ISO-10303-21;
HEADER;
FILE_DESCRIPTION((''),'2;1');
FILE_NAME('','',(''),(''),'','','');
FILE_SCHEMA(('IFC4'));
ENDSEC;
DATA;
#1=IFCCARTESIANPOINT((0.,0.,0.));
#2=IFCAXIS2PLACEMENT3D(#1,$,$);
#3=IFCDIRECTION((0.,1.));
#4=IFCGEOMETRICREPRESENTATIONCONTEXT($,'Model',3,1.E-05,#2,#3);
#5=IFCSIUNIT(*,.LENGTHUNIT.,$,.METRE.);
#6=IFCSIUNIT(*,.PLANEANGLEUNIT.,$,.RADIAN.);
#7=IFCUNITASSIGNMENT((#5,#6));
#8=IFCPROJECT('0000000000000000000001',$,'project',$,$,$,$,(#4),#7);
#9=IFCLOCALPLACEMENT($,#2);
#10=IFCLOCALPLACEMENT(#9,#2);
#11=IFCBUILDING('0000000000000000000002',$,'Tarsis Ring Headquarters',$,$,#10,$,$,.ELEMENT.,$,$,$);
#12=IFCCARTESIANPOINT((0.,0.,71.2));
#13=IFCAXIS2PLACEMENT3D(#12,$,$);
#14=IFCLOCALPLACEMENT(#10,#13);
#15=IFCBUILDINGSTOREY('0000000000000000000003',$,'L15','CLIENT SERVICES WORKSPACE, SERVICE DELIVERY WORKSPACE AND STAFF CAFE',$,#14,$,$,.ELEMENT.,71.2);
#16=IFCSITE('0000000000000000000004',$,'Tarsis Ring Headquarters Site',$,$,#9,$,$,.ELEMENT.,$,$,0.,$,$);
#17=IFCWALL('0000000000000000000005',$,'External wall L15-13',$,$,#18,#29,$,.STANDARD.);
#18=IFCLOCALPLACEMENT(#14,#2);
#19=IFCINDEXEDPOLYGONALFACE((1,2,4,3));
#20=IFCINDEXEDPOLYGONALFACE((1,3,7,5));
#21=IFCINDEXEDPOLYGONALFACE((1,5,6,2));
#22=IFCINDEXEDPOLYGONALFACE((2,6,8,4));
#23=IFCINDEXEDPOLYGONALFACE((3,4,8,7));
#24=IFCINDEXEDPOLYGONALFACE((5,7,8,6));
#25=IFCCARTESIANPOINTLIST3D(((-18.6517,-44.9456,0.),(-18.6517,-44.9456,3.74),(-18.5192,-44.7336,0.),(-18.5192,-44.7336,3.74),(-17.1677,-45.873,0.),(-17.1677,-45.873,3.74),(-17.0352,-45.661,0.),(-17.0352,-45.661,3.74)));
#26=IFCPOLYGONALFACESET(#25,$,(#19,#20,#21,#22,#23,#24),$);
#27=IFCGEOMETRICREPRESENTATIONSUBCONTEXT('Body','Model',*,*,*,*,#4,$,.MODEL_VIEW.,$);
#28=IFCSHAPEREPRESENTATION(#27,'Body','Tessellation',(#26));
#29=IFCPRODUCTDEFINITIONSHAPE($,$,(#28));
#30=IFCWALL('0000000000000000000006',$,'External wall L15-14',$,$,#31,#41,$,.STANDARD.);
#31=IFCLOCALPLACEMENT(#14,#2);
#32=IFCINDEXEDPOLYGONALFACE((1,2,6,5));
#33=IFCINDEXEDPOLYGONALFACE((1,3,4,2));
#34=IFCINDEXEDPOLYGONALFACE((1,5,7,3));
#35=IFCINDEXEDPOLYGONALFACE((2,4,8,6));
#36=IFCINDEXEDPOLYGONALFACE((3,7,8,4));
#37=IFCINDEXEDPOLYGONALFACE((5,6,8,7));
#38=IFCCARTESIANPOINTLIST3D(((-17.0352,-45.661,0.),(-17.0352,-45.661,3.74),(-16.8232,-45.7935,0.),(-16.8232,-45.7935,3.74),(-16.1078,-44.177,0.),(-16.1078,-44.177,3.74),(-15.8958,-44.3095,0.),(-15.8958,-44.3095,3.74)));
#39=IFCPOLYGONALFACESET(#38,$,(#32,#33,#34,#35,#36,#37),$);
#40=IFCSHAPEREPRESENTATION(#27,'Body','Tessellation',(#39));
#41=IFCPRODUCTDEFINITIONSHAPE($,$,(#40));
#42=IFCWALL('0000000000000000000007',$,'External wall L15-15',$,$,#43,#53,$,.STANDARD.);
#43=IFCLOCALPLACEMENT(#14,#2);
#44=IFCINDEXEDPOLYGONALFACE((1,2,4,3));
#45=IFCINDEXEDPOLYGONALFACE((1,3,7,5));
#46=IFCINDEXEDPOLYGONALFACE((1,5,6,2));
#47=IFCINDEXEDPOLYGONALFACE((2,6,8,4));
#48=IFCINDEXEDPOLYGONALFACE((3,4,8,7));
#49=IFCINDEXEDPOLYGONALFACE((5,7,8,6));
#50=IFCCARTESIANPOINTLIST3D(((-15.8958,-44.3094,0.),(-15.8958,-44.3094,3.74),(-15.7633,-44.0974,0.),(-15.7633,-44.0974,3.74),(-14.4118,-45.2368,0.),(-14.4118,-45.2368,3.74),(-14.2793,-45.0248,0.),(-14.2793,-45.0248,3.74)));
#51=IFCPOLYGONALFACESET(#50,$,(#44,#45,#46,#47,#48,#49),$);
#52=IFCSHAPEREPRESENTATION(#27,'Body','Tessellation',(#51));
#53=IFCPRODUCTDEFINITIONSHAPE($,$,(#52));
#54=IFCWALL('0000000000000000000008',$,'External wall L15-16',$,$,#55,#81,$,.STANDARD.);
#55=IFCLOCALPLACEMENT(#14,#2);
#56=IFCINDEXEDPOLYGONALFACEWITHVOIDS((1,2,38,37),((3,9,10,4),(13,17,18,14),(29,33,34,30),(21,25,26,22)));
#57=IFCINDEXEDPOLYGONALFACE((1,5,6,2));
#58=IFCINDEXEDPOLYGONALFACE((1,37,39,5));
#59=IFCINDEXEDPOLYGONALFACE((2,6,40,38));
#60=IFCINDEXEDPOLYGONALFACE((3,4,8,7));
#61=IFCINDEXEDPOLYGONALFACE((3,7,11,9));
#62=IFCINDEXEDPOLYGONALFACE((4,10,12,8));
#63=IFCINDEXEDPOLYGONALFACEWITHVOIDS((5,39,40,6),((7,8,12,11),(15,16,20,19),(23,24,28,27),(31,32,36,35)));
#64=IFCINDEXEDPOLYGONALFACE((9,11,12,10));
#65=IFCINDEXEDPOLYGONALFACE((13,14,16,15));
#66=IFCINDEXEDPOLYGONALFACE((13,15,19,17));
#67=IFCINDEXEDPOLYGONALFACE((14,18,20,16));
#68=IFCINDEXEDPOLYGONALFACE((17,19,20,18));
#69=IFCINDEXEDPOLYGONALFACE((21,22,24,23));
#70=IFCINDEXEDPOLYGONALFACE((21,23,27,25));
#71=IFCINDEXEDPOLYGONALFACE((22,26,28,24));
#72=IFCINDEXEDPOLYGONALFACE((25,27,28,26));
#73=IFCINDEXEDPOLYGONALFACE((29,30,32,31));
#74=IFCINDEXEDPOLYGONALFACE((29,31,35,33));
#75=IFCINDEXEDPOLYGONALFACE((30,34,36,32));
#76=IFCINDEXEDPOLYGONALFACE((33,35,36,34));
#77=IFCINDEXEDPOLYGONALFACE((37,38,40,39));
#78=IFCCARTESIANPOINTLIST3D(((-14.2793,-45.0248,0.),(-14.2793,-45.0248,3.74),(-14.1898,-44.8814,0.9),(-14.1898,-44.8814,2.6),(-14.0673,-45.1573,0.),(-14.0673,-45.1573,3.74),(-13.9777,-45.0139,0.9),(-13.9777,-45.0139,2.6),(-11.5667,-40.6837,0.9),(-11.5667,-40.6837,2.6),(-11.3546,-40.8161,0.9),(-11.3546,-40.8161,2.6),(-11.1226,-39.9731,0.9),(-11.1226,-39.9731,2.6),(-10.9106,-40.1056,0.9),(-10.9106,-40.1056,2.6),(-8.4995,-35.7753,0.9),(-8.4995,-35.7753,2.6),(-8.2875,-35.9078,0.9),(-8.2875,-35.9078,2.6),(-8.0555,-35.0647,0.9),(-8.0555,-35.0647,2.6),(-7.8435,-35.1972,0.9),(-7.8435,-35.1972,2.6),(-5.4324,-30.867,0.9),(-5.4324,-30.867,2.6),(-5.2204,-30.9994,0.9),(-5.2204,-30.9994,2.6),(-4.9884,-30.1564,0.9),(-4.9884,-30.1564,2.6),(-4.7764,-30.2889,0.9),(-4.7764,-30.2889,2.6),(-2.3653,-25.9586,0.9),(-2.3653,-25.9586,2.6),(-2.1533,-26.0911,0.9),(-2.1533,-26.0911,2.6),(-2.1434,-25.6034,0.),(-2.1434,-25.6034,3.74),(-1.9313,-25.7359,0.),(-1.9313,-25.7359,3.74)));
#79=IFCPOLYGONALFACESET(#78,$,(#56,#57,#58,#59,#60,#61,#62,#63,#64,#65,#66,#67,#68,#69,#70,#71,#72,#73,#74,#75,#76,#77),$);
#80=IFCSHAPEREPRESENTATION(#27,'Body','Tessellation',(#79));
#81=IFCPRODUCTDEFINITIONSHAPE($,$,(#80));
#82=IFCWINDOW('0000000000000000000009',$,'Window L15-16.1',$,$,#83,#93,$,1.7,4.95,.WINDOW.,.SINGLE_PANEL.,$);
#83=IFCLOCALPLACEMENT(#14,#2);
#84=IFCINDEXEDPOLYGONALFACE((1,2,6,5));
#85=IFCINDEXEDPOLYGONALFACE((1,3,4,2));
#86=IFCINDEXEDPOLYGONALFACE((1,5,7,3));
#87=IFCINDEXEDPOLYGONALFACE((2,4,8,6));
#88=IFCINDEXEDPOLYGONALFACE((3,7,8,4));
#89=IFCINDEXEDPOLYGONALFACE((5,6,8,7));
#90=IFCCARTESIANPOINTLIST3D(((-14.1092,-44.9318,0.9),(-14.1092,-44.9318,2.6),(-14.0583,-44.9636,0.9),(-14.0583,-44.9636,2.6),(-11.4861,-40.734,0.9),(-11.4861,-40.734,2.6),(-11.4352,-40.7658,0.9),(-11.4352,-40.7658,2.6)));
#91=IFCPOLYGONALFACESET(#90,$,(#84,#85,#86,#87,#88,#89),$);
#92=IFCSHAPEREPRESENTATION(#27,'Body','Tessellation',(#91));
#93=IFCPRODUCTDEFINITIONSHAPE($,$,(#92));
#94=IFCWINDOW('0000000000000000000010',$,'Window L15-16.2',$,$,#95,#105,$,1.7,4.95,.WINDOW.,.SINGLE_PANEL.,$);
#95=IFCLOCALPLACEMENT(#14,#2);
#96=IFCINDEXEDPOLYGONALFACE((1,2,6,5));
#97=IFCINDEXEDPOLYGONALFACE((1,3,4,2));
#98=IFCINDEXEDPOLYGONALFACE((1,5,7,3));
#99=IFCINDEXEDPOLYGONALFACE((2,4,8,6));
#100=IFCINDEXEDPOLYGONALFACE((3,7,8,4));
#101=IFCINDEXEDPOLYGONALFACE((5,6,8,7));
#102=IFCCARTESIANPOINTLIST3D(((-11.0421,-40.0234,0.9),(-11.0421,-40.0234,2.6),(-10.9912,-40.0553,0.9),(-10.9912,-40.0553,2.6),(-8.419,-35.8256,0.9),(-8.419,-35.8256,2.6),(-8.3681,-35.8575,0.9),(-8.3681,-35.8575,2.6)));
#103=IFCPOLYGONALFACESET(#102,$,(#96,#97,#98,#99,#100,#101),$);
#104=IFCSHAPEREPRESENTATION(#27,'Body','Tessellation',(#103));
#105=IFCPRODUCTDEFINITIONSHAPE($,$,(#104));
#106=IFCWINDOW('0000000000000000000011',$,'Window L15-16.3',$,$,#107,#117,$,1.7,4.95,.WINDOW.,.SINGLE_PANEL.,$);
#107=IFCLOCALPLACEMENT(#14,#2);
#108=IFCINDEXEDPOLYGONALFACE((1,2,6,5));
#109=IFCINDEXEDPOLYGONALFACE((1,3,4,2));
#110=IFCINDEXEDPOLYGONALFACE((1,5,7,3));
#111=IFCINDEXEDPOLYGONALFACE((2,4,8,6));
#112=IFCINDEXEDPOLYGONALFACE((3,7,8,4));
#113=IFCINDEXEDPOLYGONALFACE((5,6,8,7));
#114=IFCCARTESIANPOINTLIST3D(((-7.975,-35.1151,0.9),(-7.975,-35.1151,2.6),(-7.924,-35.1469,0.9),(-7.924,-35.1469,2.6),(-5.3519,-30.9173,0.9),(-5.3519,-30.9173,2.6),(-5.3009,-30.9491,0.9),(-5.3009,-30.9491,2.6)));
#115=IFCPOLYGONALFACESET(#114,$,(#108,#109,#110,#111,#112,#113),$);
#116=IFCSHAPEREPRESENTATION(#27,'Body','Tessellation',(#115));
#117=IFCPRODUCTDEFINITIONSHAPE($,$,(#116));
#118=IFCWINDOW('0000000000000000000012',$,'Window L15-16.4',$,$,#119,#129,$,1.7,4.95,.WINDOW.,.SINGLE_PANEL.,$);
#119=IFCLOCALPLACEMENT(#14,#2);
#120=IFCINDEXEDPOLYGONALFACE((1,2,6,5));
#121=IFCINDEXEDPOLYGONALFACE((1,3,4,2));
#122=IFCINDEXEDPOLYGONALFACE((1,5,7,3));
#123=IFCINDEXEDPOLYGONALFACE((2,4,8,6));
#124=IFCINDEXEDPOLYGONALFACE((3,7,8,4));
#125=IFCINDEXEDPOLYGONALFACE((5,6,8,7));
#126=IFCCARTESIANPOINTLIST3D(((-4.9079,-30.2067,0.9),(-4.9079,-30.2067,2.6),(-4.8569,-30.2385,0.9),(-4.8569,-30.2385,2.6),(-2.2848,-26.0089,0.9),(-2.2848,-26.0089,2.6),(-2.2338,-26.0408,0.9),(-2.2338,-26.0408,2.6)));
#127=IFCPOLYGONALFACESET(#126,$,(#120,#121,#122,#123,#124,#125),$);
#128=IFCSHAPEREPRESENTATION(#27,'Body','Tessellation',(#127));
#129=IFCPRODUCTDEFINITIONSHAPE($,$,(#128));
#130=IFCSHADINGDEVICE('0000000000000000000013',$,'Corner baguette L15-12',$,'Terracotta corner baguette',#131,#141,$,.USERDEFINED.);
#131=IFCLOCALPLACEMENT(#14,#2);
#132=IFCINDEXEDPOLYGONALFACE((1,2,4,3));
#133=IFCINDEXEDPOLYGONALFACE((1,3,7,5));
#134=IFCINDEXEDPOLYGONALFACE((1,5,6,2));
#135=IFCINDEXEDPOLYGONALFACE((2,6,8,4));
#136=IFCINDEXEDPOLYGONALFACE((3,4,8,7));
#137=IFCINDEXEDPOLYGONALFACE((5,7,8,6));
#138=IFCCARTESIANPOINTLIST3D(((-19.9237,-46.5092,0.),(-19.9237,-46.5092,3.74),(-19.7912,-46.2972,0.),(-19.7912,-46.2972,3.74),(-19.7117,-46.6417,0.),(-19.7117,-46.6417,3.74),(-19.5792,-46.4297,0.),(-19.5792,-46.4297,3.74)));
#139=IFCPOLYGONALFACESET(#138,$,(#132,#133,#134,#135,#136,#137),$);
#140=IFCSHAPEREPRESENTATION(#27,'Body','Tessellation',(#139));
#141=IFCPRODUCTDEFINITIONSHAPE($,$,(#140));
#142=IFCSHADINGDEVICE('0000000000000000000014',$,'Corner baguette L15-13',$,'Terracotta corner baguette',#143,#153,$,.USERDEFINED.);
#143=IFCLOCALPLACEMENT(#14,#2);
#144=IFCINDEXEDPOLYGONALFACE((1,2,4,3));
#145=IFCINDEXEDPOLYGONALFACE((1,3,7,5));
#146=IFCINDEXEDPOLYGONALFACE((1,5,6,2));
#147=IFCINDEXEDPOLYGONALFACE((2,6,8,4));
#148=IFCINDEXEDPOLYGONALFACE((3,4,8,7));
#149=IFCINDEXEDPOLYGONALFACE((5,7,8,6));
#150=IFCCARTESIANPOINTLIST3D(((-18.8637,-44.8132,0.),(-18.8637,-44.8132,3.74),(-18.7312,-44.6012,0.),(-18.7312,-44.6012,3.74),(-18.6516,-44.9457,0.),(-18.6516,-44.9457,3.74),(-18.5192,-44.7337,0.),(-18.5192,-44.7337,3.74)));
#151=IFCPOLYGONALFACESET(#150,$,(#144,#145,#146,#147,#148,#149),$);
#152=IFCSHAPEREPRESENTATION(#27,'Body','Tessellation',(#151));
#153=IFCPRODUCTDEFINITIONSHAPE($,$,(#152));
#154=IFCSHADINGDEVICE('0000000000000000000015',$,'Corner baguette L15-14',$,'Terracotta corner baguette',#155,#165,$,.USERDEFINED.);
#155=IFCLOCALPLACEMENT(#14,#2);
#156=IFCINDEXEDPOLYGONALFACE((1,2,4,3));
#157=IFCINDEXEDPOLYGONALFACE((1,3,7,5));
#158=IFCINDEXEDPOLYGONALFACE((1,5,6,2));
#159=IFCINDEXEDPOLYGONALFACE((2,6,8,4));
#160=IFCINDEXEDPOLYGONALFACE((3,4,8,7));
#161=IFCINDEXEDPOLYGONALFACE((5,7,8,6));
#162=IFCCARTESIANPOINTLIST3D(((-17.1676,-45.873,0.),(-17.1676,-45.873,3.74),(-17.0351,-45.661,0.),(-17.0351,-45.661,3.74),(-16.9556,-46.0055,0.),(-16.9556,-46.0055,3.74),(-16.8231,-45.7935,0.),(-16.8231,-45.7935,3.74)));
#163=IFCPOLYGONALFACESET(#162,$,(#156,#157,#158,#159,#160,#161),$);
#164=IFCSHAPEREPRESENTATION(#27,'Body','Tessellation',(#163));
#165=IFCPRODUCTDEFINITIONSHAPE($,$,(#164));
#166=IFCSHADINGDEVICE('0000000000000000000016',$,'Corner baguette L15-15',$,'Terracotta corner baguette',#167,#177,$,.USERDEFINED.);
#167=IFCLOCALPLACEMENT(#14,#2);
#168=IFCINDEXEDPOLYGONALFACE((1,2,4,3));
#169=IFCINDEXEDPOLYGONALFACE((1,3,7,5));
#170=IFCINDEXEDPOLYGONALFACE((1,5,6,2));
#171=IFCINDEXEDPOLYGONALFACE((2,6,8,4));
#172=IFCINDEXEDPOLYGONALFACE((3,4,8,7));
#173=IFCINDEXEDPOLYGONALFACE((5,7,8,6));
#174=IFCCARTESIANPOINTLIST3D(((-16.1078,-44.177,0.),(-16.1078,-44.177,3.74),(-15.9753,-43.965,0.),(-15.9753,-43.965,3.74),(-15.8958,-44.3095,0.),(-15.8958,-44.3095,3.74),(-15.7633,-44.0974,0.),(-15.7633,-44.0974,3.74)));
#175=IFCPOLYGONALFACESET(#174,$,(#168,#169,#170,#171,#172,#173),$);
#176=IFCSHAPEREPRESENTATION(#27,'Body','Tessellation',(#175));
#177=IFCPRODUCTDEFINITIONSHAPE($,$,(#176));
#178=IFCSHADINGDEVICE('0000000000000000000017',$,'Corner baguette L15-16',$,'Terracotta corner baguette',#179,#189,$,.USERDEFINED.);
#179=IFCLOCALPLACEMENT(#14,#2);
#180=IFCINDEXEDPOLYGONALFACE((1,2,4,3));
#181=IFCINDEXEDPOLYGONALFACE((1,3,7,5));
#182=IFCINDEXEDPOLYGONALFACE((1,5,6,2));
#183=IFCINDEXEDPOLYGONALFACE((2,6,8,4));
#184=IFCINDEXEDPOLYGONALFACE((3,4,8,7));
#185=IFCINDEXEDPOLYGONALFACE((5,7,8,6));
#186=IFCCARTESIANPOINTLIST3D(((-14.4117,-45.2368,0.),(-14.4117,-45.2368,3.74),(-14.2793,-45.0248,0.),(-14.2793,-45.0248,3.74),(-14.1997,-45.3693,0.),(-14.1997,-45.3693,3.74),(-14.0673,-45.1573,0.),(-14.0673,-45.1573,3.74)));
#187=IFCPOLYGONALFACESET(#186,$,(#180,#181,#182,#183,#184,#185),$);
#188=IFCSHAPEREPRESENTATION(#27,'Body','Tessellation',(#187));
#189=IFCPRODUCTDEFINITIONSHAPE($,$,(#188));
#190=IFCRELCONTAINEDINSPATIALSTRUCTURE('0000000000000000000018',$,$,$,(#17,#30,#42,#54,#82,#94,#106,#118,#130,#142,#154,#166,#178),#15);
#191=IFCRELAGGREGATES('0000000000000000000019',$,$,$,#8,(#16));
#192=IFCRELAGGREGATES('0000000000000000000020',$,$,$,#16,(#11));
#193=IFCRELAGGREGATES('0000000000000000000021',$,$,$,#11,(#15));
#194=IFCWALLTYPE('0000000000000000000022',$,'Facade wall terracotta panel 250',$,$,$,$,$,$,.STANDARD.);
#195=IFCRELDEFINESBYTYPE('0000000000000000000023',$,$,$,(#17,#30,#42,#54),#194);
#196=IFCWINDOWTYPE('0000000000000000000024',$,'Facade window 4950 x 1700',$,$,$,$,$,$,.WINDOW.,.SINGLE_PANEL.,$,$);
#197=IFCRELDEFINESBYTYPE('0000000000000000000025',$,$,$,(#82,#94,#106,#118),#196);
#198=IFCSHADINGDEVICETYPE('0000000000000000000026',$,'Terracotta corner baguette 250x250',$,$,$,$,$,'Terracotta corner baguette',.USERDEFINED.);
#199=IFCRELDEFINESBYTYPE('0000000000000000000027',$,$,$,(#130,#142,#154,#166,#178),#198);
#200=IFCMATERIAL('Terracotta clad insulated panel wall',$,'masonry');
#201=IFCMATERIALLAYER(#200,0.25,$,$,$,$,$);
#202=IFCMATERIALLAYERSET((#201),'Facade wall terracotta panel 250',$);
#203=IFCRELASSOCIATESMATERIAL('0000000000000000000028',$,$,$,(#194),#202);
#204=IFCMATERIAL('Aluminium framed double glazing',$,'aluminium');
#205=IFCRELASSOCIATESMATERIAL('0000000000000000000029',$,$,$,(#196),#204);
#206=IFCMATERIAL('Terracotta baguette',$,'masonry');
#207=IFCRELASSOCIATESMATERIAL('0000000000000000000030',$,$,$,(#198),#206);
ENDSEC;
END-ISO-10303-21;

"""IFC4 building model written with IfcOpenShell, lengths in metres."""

from ifc_helpers import new_model, si_unit, direction, frame, frame_2d, origin, origin_2d, place, context, subcontext, project, spatial, rectangle, extrude, material, layer, layer_set, type_object, element, fill, save


model = new_model("IFC4")

# Units and contexts
model_context = context("Model", 3, precision=1e-05, world=origin(), true_north=direction((0.0, 1.0)))
body_context = subcontext(model_context, "Body", "Model", "MODEL_VIEW")
ifc_project = project(units=[si_unit("LENGTHUNIT", "METRE"), si_unit("PLANEANGLEUNIT", "RADIAN")], contexts=[model_context])

# Site, building, storey
site_placement = place(None, origin())
site = spatial("IfcSite", under=ifc_project, at=site_placement, Name="Tarsis Ring Headquarters Site", CompositionType="ELEMENT", RefElevation=0.0)
building_placement = place(site_placement, origin())
building = spatial("IfcBuilding", under=site, at=building_placement, Name="Tarsis Ring Headquarters", CompositionType="ELEMENT")
storey_placement = place(building_placement, frame((0.0, 0.0, 71.2)))
storey = spatial("IfcBuildingStorey", under=building, at=storey_placement, Name="L15", Description="CLIENT SERVICES WORKSPACE, SERVICE DELIVERY WORKSPACE AND STAFF CAFE", CompositionType="ELEMENT", Elevation=71.2)

# Walls
ifc_material_1 = material(Name="Terracotta clad insulated panel wall", Category="masonry")
ifc_layer_1 = layer(ifc_material_1, 0.25)
ifc_layer_set_1 = layer_set([ifc_layer_1], Name="Facade wall terracotta panel 250")
wall_type_1 = type_object("IfcWallType", Name="Facade wall terracotta panel 250", PredefinedType="STANDARD", material=ifc_layer_set_1)
for number, where, z_axis, x_axis, name in (
    (1, (-18.5854, -44.8396, 0.0), (0.0, 0.0, 1.0), (0.848022, -0.529961, 0.0), "External wall L15-13"),
    (2, (-16.9292, -45.7273, 0.0), (0.0, 0.0, 1.0), (0.529961, 0.848022, 0.0), "External wall L15-14"),
    (3, (-15.8296, -44.2034, 0.0), (0.0, 0.0, 1.0), (0.848022, -0.529961, 0.0), "External wall L15-15"),
):
    element("IfcWall", number, at=place(storey_placement, frame(where, z_axis=z_axis, x_axis=x_axis)), inside=storey, type_object=wall_type_1, Name=name, PredefinedType="STANDARD", context=body_context, shape_type="SweptSolid", body=[
        extrude(rectangle(XDim=1.75, YDim=0.25, at=frame_2d((0.875, 0.0))), origin(), (0.0, 0.0, 1.0), 3.74),
    ])

# Wall, openings, windows
wall_1_placement = place(storey_placement, frame((-14.1733, -45.0911, 0.0), z_axis=(0.0, 0.0, 1.0), x_axis=(0.529924, 0.848045, 0.0)))
wall_1 = element("IfcWall", 4, at=wall_1_placement, inside=storey, type_object=wall_type_1, Name="External wall L15-16", PredefinedType="STANDARD", context=body_context, shape_type="SweptSolid", body=[
    extrude(rectangle(XDim=22.9014, YDim=0.25, at=frame_2d((11.4507, 0.0))), origin(), (0.0, 0.0, 1.0), 3.74),
])
opening_1_placement = place(wall_1_placement, frame((0.1689, 0.0, 0.8999)))
opening_1 = element("IfcOpeningElement", 5, at=opening_1_placement, cuts=wall_1, PredefinedType="OPENING", context=body_context, shape_type="SweptSolid", body=[
    extrude(rectangle(XDim=4.95, YDim=1.7, at=frame_2d((2.4751, 0.8501))), frame((0.0, 0.135, 0.0), z_axis=(0.0, -1.0, 0.0), x_axis=(1.0, 0.0, 0.0)), (0.0, 0.0, 1.0), 0.27),
])
opening_2_placement = place(wall_1_placement, frame((5.9568, 0.0, 0.8999)))
opening_2 = element("IfcOpeningElement", 6, at=opening_2_placement, cuts=wall_1, PredefinedType="OPENING", context=body_context, shape_type="SweptSolid", body=[
    extrude(rectangle(XDim=4.95, YDim=1.7, at=frame_2d((2.4751, 0.8501))), frame((0.0, 0.135, 0.0), z_axis=(0.0, -1.0, 0.0), x_axis=(1.0, 0.0, 0.0)), (0.0, 0.0, 1.0), 0.27),
])
opening_3_placement = place(wall_1_placement, frame((11.7446, 0.0, 0.8999)))
opening_3 = element("IfcOpeningElement", 7, at=opening_3_placement, cuts=wall_1, PredefinedType="OPENING", context=body_context, shape_type="SweptSolid", body=[
    extrude(rectangle(XDim=4.95, YDim=1.7, at=frame_2d((2.4751, 0.8501))), frame((0.0, 0.135, 0.0), z_axis=(0.0, -1.0, 0.0), x_axis=(1.0, 0.0, 0.0)), (0.0, 0.0, 1.0), 0.27),
])
opening_4_placement = place(wall_1_placement, frame((17.5325, 0.0, 0.8999)))
opening_4 = element("IfcOpeningElement", 8, at=opening_4_placement, cuts=wall_1, PredefinedType="OPENING", context=body_context, shape_type="SweptSolid", body=[
    extrude(rectangle(XDim=4.95, YDim=1.7, at=frame_2d((2.4751, 0.8501))), frame((0.0, 0.135, 0.0), z_axis=(0.0, -1.0, 0.0), x_axis=(1.0, 0.0, 0.0)), (0.0, 0.0, 1.0), 0.27),
])
ifc_material_2 = material(Name="Aluminium framed double glazing", Category="aluminium")
window_type = type_object("IfcWindowType", Name="Facade window 4950 x 1700", PartitioningType="SINGLE_PANEL", PredefinedType="WINDOW", material=ifc_material_2)
window_1_placement = place(opening_1_placement, origin())
window_1 = element("IfcWindow", 9, at=window_1_placement, inside=storey, type_object=window_type, Name="Window L15-16.1", OverallHeight=1.7, OverallWidth=4.95, PartitioningType="SINGLE_PANEL", PredefinedType="WINDOW", context=body_context, shape_type="SweptSolid", body=[
    extrude(rectangle(XDim=4.95, YDim=1.7, at=frame_2d((2.4751, 0.8501))), frame((0.0, 0.03, 0.0), z_axis=(0.0, -1.0, 0.0), x_axis=(1.0, 0.0, 0.0)), (0.0, 0.0, 1.0), 0.0601),
])
fill(opening_1, window_1)
window_2_placement = place(opening_2_placement, origin())
window_2 = element("IfcWindow", 10, at=window_2_placement, inside=storey, type_object=window_type, Name="Window L15-16.2", OverallHeight=1.7, OverallWidth=4.95, PartitioningType="SINGLE_PANEL", PredefinedType="WINDOW", context=body_context, shape_type="SweptSolid", body=[
    extrude(rectangle(XDim=4.95, YDim=1.7, at=frame_2d((2.4751, 0.8501))), frame((0.0, 0.03, 0.0), z_axis=(0.0, -1.0, 0.0), x_axis=(1.0, 0.0, 0.0)), (0.0, 0.0, 1.0), 0.0601),
])
fill(opening_2, window_2)
window_3_placement = place(opening_3_placement, origin())
window_3 = element("IfcWindow", 11, at=window_3_placement, inside=storey, type_object=window_type, Name="Window L15-16.3", OverallHeight=1.7, OverallWidth=4.95, PartitioningType="SINGLE_PANEL", PredefinedType="WINDOW", context=body_context, shape_type="SweptSolid", body=[
    extrude(rectangle(XDim=4.95, YDim=1.7, at=frame_2d((2.4751, 0.8501))), frame((0.0, 0.03, 0.0), z_axis=(0.0, -1.0, 0.0), x_axis=(1.0, 0.0, 0.0)), (0.0, 0.0, 1.0), 0.0601),
])
fill(opening_3, window_3)
window_4_placement = place(opening_4_placement, origin())
window_4 = element("IfcWindow", 12, at=window_4_placement, inside=storey, type_object=window_type, Name="Window L15-16.4", OverallHeight=1.7, OverallWidth=4.95, PartitioningType="SINGLE_PANEL", PredefinedType="WINDOW", context=body_context, shape_type="SweptSolid", body=[
    extrude(rectangle(XDim=4.95, YDim=1.7, at=frame_2d((2.4751, 0.8501))), frame((0.0, 0.03, 0.0), z_axis=(0.0, -1.0, 0.0), x_axis=(1.0, 0.0, 0.0)), (0.0, 0.0, 1.0), 0.0601),
])
fill(opening_4, window_4)

# Shading devices
ifc_material_3 = material(Name="Terracotta baguette", Category="masonry")
shading_device_type_1 = type_object("IfcShadingDeviceType", Name="Terracotta corner baguette 250x250", ElementType="Terracotta corner baguette", PredefinedType="USERDEFINED", material=ifc_material_3)
for number, where, z_axis, x_axis, name in (
    (13, (-19.7515, -46.4695, 0.0), (0.0, 0.0, 1.0), (0.848048, -0.529919, 0.0), "Corner baguette L15-12"),
    (14, (-18.6914, -44.7734, 0.0), (0.0, 0.0, 1.0), (0.52992, 0.848048, 0.0), "Corner baguette L15-13"),
    (15, (-16.9954, -45.8333, 0.0), (0.0, 0.0, 1.0), (0.848048, -0.529919, 0.0), "Corner baguette L15-14"),
    (16, (-15.9355, -44.1372, 0.0), (0.0, 0.0, 1.0), (0.529919, 0.848048, 0.0), "Corner baguette L15-15"),
    (17, (-14.2395, -45.197, 0.0), (0.0, 0.0, 1.0), (0.848048, -0.529919, 0.0), "Corner baguette L15-16"),
):
    element("IfcShadingDevice", number, at=place(storey_placement, frame(where, z_axis=z_axis, x_axis=x_axis)), inside=storey, type_object=shading_device_type_1, Name=name, ObjectType="Terracotta corner baguette", PredefinedType="USERDEFINED", context=body_context, shape_type="SweptSolid", body=[
        extrude(rectangle(XDim=0.25, YDim=0.25, at=origin_2d()), origin(), (0.0, 0.0, 1.0), 3.74),
    ])

save(model, "model.ifc")
